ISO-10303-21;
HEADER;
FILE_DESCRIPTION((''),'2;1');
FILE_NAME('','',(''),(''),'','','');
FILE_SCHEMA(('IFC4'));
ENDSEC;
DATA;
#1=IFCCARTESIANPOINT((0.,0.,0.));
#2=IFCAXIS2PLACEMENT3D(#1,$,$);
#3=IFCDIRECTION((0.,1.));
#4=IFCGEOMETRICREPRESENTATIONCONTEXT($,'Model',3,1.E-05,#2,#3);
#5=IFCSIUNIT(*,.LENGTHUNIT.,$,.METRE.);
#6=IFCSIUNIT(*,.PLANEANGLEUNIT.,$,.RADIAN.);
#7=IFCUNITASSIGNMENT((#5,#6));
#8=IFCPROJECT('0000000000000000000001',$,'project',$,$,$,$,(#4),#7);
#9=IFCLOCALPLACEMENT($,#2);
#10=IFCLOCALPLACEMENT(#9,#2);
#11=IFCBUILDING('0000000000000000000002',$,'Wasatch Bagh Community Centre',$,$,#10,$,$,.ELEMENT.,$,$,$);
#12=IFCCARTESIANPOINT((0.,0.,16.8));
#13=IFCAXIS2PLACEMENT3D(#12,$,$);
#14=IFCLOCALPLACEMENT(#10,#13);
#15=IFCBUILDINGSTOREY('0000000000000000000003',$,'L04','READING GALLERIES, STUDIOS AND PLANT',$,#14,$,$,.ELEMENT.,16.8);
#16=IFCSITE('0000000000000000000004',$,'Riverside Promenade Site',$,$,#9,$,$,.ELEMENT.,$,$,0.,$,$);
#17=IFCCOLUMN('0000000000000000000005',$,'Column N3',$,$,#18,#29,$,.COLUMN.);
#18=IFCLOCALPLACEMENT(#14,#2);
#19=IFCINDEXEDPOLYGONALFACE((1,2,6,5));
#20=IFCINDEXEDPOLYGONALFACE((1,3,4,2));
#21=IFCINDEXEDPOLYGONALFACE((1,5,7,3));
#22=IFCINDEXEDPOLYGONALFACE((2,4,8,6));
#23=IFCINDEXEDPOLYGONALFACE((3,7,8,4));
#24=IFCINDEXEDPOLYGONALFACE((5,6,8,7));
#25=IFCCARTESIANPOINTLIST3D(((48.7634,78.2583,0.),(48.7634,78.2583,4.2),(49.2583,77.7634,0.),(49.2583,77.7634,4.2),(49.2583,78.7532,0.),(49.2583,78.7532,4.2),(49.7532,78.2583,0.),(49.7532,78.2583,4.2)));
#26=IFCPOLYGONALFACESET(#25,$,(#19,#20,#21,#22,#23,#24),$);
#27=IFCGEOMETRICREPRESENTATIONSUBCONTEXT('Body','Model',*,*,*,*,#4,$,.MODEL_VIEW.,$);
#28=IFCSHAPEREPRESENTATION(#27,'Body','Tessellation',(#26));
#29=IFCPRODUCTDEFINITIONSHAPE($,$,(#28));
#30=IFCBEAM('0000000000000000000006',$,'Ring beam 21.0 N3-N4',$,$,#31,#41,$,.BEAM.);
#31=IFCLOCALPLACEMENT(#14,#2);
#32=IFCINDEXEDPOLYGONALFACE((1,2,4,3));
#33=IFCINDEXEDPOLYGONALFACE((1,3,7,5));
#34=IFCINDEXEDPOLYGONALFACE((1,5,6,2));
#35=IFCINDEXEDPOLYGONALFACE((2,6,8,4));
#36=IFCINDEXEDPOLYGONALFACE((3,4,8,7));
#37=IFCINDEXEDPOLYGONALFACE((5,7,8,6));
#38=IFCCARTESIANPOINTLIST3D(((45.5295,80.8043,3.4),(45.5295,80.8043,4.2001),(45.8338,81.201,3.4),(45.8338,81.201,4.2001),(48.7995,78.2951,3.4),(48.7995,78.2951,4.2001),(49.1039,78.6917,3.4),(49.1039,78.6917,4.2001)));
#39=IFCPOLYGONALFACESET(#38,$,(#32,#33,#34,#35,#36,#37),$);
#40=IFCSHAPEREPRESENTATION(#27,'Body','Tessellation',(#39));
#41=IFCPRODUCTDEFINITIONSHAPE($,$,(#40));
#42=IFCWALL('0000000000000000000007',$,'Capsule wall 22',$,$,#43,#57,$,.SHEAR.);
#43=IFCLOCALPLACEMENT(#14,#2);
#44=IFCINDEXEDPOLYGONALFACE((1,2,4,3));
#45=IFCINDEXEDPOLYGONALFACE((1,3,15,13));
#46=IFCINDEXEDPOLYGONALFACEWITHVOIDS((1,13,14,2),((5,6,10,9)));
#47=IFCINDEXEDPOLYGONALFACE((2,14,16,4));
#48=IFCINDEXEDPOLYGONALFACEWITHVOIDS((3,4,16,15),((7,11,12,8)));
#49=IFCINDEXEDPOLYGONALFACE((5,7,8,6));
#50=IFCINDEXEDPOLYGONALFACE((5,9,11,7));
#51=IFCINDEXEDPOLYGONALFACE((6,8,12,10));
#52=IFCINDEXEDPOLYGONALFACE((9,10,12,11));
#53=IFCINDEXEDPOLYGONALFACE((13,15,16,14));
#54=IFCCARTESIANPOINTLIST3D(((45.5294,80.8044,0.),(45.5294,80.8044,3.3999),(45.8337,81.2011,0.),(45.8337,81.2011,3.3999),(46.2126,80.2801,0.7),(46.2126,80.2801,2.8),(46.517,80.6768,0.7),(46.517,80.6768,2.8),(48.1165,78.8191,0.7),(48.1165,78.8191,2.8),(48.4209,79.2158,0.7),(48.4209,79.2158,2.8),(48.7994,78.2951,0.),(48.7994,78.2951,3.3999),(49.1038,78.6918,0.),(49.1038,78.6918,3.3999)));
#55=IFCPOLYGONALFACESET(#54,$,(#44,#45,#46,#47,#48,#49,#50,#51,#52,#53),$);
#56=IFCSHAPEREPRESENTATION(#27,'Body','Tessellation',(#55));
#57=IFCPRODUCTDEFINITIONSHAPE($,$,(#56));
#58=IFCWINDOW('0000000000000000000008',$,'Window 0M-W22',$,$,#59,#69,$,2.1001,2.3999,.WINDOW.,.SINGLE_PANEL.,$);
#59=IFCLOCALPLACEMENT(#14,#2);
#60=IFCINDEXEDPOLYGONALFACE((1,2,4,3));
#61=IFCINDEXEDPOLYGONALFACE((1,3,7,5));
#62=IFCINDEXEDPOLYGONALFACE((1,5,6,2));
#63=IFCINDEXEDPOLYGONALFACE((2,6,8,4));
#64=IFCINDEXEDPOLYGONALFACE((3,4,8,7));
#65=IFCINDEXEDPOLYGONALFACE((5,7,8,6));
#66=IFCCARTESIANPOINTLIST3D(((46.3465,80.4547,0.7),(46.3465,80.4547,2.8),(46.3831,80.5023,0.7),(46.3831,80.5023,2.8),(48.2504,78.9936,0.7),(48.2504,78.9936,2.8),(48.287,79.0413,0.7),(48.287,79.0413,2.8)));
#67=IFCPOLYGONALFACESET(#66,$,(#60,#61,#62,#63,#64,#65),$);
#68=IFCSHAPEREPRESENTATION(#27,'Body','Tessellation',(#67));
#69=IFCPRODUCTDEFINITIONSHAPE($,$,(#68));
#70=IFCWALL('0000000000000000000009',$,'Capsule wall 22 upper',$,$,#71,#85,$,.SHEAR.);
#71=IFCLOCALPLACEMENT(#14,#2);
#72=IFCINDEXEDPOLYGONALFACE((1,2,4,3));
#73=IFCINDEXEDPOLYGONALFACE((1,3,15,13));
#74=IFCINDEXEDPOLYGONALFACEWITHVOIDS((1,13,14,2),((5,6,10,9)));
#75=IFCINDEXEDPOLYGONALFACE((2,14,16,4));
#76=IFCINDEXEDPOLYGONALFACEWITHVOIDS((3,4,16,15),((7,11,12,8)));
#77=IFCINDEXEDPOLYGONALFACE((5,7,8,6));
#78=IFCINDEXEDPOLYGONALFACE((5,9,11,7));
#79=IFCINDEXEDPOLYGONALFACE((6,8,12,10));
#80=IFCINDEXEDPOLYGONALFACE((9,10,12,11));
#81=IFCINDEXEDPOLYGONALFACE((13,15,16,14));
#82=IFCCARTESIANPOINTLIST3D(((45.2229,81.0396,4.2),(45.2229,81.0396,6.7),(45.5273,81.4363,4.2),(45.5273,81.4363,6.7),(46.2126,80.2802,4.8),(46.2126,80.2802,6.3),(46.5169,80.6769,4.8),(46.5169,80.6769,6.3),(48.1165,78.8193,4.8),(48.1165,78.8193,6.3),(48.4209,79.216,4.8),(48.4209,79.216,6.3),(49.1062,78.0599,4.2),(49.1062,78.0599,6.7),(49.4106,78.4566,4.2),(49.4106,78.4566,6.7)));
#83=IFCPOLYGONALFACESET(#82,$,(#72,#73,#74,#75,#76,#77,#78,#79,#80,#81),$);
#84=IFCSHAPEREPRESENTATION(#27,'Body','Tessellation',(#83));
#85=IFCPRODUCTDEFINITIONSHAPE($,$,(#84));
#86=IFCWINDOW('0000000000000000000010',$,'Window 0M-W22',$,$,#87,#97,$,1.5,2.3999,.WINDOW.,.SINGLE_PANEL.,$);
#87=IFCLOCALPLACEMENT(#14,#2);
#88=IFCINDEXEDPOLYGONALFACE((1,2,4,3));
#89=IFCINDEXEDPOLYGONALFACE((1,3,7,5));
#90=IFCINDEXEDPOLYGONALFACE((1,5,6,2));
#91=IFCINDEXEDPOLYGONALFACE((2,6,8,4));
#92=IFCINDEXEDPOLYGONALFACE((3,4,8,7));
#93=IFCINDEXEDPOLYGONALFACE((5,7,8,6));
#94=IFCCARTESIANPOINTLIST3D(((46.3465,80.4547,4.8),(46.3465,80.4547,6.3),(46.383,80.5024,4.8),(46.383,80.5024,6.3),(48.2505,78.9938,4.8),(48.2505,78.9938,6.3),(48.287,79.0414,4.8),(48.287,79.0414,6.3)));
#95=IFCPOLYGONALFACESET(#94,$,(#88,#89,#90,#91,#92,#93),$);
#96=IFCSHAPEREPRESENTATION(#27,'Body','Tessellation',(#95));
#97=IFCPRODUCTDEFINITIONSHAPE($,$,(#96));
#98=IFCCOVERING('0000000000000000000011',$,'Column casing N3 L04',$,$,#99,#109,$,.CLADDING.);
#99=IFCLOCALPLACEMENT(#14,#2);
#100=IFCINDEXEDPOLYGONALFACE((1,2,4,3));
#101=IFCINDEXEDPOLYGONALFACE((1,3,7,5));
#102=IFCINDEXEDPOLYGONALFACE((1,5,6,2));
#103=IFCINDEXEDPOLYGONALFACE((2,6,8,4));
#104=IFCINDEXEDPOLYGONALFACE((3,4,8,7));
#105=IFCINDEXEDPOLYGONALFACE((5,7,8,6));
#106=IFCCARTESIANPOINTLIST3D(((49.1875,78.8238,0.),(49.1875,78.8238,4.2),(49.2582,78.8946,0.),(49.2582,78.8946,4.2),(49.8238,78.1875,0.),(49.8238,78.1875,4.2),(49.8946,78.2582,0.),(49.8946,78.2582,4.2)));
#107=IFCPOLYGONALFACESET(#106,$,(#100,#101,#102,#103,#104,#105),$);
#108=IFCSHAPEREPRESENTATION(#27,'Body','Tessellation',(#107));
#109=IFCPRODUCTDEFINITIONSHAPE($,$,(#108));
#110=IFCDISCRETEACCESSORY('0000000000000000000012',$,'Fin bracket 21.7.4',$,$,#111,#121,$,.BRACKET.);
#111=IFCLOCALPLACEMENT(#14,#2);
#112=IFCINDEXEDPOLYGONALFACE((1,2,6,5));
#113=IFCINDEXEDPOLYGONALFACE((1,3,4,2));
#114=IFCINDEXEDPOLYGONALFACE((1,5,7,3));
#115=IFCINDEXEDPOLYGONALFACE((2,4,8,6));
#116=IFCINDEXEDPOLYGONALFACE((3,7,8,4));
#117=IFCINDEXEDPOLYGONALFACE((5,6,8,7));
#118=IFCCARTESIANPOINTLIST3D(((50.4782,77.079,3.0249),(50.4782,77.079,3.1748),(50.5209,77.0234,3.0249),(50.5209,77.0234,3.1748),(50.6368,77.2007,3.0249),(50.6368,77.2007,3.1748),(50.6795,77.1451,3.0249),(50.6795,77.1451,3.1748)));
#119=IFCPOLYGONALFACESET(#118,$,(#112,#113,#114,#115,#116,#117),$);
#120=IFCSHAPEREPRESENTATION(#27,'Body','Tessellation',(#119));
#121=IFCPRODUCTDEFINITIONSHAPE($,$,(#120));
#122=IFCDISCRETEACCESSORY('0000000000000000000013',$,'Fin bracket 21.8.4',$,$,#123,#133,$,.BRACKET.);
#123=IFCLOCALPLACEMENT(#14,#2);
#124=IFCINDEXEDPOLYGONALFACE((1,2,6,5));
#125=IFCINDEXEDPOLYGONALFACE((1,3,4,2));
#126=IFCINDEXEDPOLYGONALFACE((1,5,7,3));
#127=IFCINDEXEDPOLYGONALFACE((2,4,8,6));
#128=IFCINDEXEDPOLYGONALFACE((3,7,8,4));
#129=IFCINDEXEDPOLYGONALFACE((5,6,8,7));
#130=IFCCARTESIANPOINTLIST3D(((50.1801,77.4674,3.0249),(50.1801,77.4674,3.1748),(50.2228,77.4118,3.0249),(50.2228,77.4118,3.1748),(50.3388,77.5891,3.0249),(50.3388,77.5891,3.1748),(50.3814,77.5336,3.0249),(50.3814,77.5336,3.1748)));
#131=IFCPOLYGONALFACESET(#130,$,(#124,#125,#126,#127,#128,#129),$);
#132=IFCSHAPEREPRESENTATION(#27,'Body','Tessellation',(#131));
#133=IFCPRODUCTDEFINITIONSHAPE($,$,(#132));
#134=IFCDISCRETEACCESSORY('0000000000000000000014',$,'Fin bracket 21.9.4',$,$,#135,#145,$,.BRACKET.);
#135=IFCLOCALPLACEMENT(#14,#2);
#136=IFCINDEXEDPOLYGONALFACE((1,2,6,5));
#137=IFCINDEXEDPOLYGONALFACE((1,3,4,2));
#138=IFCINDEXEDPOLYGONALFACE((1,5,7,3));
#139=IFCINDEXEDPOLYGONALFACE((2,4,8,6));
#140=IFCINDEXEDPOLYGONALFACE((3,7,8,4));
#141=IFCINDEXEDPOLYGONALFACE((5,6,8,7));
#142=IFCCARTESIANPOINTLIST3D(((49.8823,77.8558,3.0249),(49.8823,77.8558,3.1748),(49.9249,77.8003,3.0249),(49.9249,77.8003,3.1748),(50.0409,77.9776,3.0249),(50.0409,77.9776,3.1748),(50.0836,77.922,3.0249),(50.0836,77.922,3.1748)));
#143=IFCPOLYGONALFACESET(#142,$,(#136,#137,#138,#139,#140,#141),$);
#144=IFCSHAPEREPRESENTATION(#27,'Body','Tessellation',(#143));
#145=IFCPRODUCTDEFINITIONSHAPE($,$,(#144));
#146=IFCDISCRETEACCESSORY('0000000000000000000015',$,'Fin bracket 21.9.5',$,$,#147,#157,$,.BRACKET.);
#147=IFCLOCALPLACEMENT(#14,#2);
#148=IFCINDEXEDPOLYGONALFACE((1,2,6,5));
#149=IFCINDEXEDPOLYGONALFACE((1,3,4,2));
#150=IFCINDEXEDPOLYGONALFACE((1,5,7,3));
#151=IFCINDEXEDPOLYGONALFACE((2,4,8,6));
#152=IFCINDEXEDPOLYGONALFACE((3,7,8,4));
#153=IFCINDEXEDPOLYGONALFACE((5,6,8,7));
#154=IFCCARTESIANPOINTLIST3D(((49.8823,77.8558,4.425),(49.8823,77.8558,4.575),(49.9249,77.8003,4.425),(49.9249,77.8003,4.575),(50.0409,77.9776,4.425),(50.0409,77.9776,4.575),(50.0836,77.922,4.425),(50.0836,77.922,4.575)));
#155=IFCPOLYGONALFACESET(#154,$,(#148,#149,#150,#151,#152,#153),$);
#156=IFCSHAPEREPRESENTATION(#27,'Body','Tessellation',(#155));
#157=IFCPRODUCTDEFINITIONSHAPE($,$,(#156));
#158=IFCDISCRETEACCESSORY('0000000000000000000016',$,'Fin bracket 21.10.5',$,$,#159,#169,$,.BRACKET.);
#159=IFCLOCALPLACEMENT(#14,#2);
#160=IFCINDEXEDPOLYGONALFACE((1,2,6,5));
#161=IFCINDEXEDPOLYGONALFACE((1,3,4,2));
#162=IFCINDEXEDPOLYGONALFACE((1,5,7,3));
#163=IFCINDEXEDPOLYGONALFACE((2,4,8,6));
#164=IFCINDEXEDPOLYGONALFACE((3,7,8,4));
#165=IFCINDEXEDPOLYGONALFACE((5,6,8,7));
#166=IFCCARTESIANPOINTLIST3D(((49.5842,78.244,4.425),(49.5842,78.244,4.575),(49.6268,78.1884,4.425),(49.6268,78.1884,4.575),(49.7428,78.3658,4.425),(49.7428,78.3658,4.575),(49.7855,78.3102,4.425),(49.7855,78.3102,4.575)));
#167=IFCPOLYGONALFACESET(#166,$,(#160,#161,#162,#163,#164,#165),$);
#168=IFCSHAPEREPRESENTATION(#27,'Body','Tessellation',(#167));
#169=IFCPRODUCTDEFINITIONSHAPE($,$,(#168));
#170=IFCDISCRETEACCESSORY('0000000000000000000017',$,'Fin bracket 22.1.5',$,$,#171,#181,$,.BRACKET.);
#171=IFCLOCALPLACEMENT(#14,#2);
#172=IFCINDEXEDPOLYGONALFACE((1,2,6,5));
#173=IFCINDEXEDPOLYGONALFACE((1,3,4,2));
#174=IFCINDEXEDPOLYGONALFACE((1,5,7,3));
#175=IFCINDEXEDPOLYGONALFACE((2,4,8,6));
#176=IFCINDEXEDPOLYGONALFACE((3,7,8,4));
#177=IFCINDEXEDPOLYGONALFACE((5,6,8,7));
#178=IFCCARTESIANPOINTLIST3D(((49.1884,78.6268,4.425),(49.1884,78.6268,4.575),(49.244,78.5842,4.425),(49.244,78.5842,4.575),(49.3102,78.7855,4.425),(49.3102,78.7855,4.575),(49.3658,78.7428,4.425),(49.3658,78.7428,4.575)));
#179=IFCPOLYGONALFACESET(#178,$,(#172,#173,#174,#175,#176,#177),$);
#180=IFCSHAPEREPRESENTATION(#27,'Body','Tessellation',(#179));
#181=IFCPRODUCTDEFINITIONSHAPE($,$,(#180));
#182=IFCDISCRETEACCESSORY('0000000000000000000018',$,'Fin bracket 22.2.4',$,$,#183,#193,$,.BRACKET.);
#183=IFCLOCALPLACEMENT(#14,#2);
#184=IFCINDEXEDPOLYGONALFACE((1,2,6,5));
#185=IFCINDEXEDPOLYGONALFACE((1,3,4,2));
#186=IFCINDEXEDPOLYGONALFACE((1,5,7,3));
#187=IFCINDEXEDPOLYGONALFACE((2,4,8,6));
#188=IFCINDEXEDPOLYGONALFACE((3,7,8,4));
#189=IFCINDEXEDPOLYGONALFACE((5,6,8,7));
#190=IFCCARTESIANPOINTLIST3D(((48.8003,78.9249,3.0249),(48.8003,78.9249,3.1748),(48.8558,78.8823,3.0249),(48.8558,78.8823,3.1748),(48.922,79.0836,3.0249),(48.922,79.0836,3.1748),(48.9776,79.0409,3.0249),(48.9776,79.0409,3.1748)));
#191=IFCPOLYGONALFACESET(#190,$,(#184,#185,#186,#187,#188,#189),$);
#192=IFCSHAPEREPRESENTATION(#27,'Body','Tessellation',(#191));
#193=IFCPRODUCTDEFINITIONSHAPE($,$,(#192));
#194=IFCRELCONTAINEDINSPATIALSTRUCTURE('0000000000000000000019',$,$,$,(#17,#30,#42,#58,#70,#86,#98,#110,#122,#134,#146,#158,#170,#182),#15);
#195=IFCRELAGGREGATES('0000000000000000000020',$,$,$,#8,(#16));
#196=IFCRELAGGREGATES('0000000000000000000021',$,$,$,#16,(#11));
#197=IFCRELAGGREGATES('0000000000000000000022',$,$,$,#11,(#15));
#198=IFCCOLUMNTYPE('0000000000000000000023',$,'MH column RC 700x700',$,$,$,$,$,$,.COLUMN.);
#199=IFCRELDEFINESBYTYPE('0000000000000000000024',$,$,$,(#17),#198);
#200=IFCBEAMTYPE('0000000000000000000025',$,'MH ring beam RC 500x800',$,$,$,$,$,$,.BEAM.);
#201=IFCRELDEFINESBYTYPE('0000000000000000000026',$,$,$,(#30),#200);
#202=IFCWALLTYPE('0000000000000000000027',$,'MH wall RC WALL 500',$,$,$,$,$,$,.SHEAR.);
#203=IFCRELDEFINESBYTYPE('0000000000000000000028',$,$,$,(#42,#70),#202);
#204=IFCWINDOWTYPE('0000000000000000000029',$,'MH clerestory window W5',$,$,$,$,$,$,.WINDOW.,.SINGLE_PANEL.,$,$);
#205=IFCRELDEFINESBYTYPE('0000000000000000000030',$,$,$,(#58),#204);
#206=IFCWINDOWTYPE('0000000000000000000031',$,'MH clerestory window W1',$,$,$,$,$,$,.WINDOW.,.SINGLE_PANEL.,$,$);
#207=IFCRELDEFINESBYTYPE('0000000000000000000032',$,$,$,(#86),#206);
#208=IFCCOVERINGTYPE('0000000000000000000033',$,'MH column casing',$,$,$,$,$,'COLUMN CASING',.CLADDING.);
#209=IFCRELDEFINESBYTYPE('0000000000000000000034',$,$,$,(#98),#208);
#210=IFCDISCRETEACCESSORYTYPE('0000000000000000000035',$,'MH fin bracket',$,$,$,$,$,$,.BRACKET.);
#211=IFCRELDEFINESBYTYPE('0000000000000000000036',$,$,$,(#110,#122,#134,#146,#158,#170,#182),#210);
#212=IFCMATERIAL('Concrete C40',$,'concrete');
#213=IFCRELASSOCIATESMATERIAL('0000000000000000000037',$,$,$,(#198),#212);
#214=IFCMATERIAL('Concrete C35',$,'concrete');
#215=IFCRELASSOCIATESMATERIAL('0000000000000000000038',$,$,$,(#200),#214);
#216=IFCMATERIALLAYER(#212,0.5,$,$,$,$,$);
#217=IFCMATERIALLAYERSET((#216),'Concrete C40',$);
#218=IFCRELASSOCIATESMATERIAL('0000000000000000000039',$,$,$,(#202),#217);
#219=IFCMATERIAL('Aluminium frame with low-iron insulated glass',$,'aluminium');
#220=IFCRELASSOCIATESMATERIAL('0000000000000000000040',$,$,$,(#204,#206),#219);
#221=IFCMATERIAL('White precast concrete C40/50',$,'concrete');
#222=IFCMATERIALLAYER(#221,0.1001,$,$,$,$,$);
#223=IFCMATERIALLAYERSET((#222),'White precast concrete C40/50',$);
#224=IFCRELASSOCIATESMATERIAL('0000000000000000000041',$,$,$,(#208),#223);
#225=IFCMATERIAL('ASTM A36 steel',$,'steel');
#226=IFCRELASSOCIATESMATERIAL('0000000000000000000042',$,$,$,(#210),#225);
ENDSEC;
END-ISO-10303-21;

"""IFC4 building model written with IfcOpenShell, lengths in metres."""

from ifc_helpers import new_model, si_unit, direction, frame, frame_2d, origin, origin_2d, place, context, subcontext, project, spatial, rectangle, extrude, material, layer, layer_set, material_profile, profile_set, type_object, element, fill, save


model = new_model("IFC4")

# Units and contexts
model_context = context("Model", 3, precision=1e-05, world=origin(), true_north=direction((0.0, 1.0)))
body_context = subcontext(model_context, "Body", "Model", "MODEL_VIEW")
ifc_project = project(units=[si_unit("LENGTHUNIT", "METRE"), si_unit("PLANEANGLEUNIT", "RADIAN")], contexts=[model_context])

# Site, building, storey
site_placement = place(None, origin())
site = spatial("IfcSite", under=ifc_project, at=site_placement, Name="Riverside Promenade Site", CompositionType="ELEMENT", RefElevation=0.0)
building_placement = place(site_placement, origin())
building = spatial("IfcBuilding", under=site, at=building_placement, Name="Wasatch Bagh Community Centre", CompositionType="ELEMENT")
storey_placement = place(building_placement, frame((0.0, 0.0, 16.8)))
storey = spatial("IfcBuildingStorey", under=building, at=storey_placement, Name="L04", Description="READING GALLERIES, STUDIOS AND PLANT", CompositionType="ELEMENT", Elevation=16.8)

# Column
ifc_material_1 = material(Name="Concrete C40", Category="concrete")
ifc_material_profile_1 = material_profile(ifc_material_1, rectangle(XDim=0.7, YDim=0.7, at=origin_2d()), Name="RC 700x700")
ifc_profile_set_1 = profile_set([ifc_material_profile_1], Name="Concrete C40")
column_type = type_object("IfcColumnType", Name="MH column RC 700x700", PredefinedType="COLUMN", material=ifc_profile_set_1)
column_placement = place(storey_placement, frame((49.2583, 78.2583, 0.0), z_axis=(0.0, 0.0, 1.0), x_axis=(0.707107, 0.707107, 0.0)))
element("IfcColumn", 1, at=column_placement, inside=storey, type_object=column_type, Name="Column N3", PredefinedType="COLUMN", context=body_context, shape_type="SweptSolid", body=[
    extrude(rectangle(XDim=0.7, YDim=0.7, at=origin_2d()), origin(), (0.0, 0.0, 1.0), 4.2),
])

# Beam
ifc_material_2 = material(Name="Concrete C35", Category="concrete")
ifc_material_profile_2 = material_profile(ifc_material_2, rectangle(XDim=0.5, YDim=0.8, at=origin_2d()), Name="RC 500x800")
ifc_profile_set_2 = profile_set([ifc_material_profile_2], Name="Concrete C35")
beam_type = type_object("IfcBeamType", Name="MH ring beam RC 500x800", PredefinedType="BEAM", material=ifc_profile_set_2)
beam_placement = place(storey_placement, frame((48.9517, 78.4934, 3.8), z_axis=(-0.793341, 0.608777, 0.0), x_axis=(-0.608777, -0.793341, 0.0)))
element("IfcBeam", 2, at=beam_placement, inside=storey, type_object=beam_type, Name="Ring beam 21.0 N3-N4", PredefinedType="BEAM", context=body_context, shape_type="SweptSolid", body=[
    extrude(rectangle(XDim=0.5, YDim=0.8, at=origin_2d()), origin(), (0.0, 0.0, 1.0), 4.1218),
])

# Walls, openings, windows
ifc_layer_1 = layer(ifc_material_1, 0.5)
ifc_layer_set_1 = layer_set([ifc_layer_1], Name="Concrete C40")
wall_type = type_object("IfcWallType", Name="MH wall RC WALL 500", PredefinedType="SHEAR", material=ifc_layer_set_1)
wall_1_placement = place(storey_placement, frame((48.9517, 78.4934, 0.0), z_axis=(0.0, 0.0, 1.0), x_axis=(-0.793341, 0.608777, 0.0)))
wall_1 = element("IfcWall", 3, at=wall_1_placement, inside=storey, type_object=wall_type, Name="Capsule wall 22", PredefinedType="SHEAR", context=body_context, shape_type="SweptSolid", body=[
    extrude(rectangle(XDim=4.1218, YDim=0.5, at=frame_2d((2.061, 0.0))), origin(), (0.0, 0.0, 1.0), 3.3999),
])
opening_1_placement = place(wall_1_placement, frame((0.8608, 0.0, 0.7)))
opening_1 = element("IfcOpeningElement", 4, at=opening_1_placement, cuts=wall_1, PredefinedType="OPENING", context=body_context, shape_type="SweptSolid", body=[
    extrude(rectangle(XDim=2.3999, YDim=2.1001, at=frame_2d((1.2, 1.05))), frame((0.0, 0.26, 0.0), z_axis=(0.0, -1.0, 0.0), x_axis=(1.0, 0.0, 0.0)), (0.0, 0.0, 1.0), 0.52),
])
ifc_material_3 = material(Name="Aluminium frame with low-iron insulated glass", Category="aluminium")
window_type_1 = type_object("IfcWindowType", Name="MH clerestory window W5", PartitioningType="SINGLE_PANEL", PredefinedType="WINDOW", material=ifc_material_3)
window_1_placement = place(opening_1_placement, origin())
window_1 = element("IfcWindow", 5, at=window_1_placement, inside=storey, type_object=window_type_1, Name="Window 0M-W22", OverallHeight=2.1001, OverallWidth=2.3999, PartitioningType="SINGLE_PANEL", PredefinedType="WINDOW", context=body_context, shape_type="SweptSolid", body=[
    extrude(rectangle(XDim=2.3999, YDim=2.1001, at=frame_2d((1.2, 1.05))), frame((0.0, 0.03, 0.0), z_axis=(0.0, -1.0, 0.0), x_axis=(1.0, 0.0, 0.0)), (0.0, 0.0, 1.0), 0.0601),
])
fill(opening_1, window_1)
wall_2_placement = place(storey_placement, frame((49.2583, 78.2583, 4.2), z_axis=(0.0, 0.0, 1.0), x_axis=(-0.793356, 0.608758, 0.0)))
wall_2 = element("IfcWall", 6, at=wall_2_placement, inside=storey, type_object=wall_type, Name="Capsule wall 22 upper", PredefinedType="SHEAR", context=body_context, shape_type="SweptSolid", body=[
    extrude(rectangle(XDim=4.8948, YDim=0.5, at=frame_2d((2.4473, 0.0))), origin(), (0.0, 0.0, 1.0), 2.5),
])
opening_2_placement = place(wall_2_placement, frame((1.2473, 0.0, 0.6001)))
opening_2 = element("IfcOpeningElement", 7, at=opening_2_placement, cuts=wall_2, PredefinedType="OPENING", context=body_context, shape_type="SweptSolid", body=[
    extrude(rectangle(XDim=2.3999, YDim=1.5, at=frame_2d((1.2, 0.75))), frame((0.0, 0.26, 0.0), z_axis=(0.0, -1.0, 0.0), x_axis=(1.0, 0.0, 0.0)), (0.0, 0.0, 1.0), 0.52),
])
window_type_2 = type_object("IfcWindowType", Name="MH clerestory window W1", PartitioningType="SINGLE_PANEL", PredefinedType="WINDOW", material=ifc_material_3)
window_2_placement = place(opening_2_placement, origin())
window_2 = element("IfcWindow", 8, at=window_2_placement, inside=storey, type_object=window_type_2, Name="Window 0M-W22", OverallHeight=1.5, OverallWidth=2.3999, PartitioningType="SINGLE_PANEL", PredefinedType="WINDOW", context=body_context, shape_type="SweptSolid", body=[
    extrude(rectangle(XDim=2.3999, YDim=1.5, at=frame_2d((1.2, 0.75))), frame((0.0, 0.03, 0.0), z_axis=(0.0, -1.0, 0.0), x_axis=(1.0, 0.0, 0.0)), (0.0, 0.0, 1.0), 0.0601),
])
fill(opening_2, window_2)

# Covering
ifc_material_4 = material(Name="White precast concrete C40/50", Category="concrete")
ifc_layer_2 = layer(ifc_material_4, 0.1001)
ifc_layer_set_2 = layer_set([ifc_layer_2], Name="White precast concrete C40/50")
covering_type = type_object("IfcCoveringType", Name="MH column casing", ElementType="COLUMN CASING", PredefinedType="CLADDING", material=ifc_layer_set_2)
covering_placement = place(storey_placement, frame((49.541, 78.541, 0.0), z_axis=(0.0, 0.0, 1.0), x_axis=(-0.707107, 0.707107, 0.0)))
element("IfcCovering", 9, at=covering_placement, inside=storey, type_object=covering_type, Name="Column casing N3 L04", PredefinedType="CLADDING", context=body_context, shape_type="SweptSolid", body=[
    extrude(rectangle(XDim=0.8999, YDim=0.1001, at=origin_2d()), origin(), (0.0, 0.0, 1.0), 4.2),
])

# Discrete accessories
ifc_material_5 = material(Name="ASTM A36 steel", Category="steel")
discrete_accessory_type = type_object("IfcDiscreteAccessoryType", Name="MH fin bracket", PredefinedType="BRACKET", material=ifc_material_5)
for number, where, z_axis, x_axis, name in (
    (10, (50.5789, 77.1121, 3.0249), (0.0, 0.0, 1.0), (-0.608761, 0.793353, 0.0), "Fin bracket 21.7.4"),
    (11, (50.2808, 77.5005, 3.0249), (0.0, 0.0, 1.0), (-0.608761, 0.793353, 0.0), "Fin bracket 21.8.4"),
    (12, (49.9829, 77.8889, 3.0249), (0.0, 0.0, 1.0), (-0.608761, 0.793353, 0.0), "Fin bracket 21.9.4"),
    (13, (49.9829, 77.8889, 4.425), (0.0, 0.0, 1.0), (-0.608761, 0.793353, 0.0), "Fin bracket 21.9.5"),
    (14, (49.6848, 78.2771, 4.425), (0.0, 0.0, 1.0), (-0.608761, 0.793353, 0.0), "Fin bracket 21.10.5"),
    (15, (49.2771, 78.6848, 4.425), (0.0, 0.0, 1.0), (-0.793353, 0.608761, 0.0), "Fin bracket 22.1.5"),
    (16, (48.8889, 78.9829, 3.0249), (0.0, 0.0, 1.0), (-0.793353, 0.608761, 0.0), "Fin bracket 22.2.4"),
):
    element("IfcDiscreteAccessory", number, at=place(storey_placement, frame(where, z_axis=z_axis, x_axis=x_axis)), inside=storey, type_object=discrete_accessory_type, Name=name, PredefinedType="BRACKET", context=body_context, shape_type="SweptSolid", body=[
        extrude(rectangle(XDim=0.0701, YDim=0.2, at=origin_2d()), origin(), (0.0, 0.0, 1.0), 0.1499),
    ])

save(model, "model.ifc")
